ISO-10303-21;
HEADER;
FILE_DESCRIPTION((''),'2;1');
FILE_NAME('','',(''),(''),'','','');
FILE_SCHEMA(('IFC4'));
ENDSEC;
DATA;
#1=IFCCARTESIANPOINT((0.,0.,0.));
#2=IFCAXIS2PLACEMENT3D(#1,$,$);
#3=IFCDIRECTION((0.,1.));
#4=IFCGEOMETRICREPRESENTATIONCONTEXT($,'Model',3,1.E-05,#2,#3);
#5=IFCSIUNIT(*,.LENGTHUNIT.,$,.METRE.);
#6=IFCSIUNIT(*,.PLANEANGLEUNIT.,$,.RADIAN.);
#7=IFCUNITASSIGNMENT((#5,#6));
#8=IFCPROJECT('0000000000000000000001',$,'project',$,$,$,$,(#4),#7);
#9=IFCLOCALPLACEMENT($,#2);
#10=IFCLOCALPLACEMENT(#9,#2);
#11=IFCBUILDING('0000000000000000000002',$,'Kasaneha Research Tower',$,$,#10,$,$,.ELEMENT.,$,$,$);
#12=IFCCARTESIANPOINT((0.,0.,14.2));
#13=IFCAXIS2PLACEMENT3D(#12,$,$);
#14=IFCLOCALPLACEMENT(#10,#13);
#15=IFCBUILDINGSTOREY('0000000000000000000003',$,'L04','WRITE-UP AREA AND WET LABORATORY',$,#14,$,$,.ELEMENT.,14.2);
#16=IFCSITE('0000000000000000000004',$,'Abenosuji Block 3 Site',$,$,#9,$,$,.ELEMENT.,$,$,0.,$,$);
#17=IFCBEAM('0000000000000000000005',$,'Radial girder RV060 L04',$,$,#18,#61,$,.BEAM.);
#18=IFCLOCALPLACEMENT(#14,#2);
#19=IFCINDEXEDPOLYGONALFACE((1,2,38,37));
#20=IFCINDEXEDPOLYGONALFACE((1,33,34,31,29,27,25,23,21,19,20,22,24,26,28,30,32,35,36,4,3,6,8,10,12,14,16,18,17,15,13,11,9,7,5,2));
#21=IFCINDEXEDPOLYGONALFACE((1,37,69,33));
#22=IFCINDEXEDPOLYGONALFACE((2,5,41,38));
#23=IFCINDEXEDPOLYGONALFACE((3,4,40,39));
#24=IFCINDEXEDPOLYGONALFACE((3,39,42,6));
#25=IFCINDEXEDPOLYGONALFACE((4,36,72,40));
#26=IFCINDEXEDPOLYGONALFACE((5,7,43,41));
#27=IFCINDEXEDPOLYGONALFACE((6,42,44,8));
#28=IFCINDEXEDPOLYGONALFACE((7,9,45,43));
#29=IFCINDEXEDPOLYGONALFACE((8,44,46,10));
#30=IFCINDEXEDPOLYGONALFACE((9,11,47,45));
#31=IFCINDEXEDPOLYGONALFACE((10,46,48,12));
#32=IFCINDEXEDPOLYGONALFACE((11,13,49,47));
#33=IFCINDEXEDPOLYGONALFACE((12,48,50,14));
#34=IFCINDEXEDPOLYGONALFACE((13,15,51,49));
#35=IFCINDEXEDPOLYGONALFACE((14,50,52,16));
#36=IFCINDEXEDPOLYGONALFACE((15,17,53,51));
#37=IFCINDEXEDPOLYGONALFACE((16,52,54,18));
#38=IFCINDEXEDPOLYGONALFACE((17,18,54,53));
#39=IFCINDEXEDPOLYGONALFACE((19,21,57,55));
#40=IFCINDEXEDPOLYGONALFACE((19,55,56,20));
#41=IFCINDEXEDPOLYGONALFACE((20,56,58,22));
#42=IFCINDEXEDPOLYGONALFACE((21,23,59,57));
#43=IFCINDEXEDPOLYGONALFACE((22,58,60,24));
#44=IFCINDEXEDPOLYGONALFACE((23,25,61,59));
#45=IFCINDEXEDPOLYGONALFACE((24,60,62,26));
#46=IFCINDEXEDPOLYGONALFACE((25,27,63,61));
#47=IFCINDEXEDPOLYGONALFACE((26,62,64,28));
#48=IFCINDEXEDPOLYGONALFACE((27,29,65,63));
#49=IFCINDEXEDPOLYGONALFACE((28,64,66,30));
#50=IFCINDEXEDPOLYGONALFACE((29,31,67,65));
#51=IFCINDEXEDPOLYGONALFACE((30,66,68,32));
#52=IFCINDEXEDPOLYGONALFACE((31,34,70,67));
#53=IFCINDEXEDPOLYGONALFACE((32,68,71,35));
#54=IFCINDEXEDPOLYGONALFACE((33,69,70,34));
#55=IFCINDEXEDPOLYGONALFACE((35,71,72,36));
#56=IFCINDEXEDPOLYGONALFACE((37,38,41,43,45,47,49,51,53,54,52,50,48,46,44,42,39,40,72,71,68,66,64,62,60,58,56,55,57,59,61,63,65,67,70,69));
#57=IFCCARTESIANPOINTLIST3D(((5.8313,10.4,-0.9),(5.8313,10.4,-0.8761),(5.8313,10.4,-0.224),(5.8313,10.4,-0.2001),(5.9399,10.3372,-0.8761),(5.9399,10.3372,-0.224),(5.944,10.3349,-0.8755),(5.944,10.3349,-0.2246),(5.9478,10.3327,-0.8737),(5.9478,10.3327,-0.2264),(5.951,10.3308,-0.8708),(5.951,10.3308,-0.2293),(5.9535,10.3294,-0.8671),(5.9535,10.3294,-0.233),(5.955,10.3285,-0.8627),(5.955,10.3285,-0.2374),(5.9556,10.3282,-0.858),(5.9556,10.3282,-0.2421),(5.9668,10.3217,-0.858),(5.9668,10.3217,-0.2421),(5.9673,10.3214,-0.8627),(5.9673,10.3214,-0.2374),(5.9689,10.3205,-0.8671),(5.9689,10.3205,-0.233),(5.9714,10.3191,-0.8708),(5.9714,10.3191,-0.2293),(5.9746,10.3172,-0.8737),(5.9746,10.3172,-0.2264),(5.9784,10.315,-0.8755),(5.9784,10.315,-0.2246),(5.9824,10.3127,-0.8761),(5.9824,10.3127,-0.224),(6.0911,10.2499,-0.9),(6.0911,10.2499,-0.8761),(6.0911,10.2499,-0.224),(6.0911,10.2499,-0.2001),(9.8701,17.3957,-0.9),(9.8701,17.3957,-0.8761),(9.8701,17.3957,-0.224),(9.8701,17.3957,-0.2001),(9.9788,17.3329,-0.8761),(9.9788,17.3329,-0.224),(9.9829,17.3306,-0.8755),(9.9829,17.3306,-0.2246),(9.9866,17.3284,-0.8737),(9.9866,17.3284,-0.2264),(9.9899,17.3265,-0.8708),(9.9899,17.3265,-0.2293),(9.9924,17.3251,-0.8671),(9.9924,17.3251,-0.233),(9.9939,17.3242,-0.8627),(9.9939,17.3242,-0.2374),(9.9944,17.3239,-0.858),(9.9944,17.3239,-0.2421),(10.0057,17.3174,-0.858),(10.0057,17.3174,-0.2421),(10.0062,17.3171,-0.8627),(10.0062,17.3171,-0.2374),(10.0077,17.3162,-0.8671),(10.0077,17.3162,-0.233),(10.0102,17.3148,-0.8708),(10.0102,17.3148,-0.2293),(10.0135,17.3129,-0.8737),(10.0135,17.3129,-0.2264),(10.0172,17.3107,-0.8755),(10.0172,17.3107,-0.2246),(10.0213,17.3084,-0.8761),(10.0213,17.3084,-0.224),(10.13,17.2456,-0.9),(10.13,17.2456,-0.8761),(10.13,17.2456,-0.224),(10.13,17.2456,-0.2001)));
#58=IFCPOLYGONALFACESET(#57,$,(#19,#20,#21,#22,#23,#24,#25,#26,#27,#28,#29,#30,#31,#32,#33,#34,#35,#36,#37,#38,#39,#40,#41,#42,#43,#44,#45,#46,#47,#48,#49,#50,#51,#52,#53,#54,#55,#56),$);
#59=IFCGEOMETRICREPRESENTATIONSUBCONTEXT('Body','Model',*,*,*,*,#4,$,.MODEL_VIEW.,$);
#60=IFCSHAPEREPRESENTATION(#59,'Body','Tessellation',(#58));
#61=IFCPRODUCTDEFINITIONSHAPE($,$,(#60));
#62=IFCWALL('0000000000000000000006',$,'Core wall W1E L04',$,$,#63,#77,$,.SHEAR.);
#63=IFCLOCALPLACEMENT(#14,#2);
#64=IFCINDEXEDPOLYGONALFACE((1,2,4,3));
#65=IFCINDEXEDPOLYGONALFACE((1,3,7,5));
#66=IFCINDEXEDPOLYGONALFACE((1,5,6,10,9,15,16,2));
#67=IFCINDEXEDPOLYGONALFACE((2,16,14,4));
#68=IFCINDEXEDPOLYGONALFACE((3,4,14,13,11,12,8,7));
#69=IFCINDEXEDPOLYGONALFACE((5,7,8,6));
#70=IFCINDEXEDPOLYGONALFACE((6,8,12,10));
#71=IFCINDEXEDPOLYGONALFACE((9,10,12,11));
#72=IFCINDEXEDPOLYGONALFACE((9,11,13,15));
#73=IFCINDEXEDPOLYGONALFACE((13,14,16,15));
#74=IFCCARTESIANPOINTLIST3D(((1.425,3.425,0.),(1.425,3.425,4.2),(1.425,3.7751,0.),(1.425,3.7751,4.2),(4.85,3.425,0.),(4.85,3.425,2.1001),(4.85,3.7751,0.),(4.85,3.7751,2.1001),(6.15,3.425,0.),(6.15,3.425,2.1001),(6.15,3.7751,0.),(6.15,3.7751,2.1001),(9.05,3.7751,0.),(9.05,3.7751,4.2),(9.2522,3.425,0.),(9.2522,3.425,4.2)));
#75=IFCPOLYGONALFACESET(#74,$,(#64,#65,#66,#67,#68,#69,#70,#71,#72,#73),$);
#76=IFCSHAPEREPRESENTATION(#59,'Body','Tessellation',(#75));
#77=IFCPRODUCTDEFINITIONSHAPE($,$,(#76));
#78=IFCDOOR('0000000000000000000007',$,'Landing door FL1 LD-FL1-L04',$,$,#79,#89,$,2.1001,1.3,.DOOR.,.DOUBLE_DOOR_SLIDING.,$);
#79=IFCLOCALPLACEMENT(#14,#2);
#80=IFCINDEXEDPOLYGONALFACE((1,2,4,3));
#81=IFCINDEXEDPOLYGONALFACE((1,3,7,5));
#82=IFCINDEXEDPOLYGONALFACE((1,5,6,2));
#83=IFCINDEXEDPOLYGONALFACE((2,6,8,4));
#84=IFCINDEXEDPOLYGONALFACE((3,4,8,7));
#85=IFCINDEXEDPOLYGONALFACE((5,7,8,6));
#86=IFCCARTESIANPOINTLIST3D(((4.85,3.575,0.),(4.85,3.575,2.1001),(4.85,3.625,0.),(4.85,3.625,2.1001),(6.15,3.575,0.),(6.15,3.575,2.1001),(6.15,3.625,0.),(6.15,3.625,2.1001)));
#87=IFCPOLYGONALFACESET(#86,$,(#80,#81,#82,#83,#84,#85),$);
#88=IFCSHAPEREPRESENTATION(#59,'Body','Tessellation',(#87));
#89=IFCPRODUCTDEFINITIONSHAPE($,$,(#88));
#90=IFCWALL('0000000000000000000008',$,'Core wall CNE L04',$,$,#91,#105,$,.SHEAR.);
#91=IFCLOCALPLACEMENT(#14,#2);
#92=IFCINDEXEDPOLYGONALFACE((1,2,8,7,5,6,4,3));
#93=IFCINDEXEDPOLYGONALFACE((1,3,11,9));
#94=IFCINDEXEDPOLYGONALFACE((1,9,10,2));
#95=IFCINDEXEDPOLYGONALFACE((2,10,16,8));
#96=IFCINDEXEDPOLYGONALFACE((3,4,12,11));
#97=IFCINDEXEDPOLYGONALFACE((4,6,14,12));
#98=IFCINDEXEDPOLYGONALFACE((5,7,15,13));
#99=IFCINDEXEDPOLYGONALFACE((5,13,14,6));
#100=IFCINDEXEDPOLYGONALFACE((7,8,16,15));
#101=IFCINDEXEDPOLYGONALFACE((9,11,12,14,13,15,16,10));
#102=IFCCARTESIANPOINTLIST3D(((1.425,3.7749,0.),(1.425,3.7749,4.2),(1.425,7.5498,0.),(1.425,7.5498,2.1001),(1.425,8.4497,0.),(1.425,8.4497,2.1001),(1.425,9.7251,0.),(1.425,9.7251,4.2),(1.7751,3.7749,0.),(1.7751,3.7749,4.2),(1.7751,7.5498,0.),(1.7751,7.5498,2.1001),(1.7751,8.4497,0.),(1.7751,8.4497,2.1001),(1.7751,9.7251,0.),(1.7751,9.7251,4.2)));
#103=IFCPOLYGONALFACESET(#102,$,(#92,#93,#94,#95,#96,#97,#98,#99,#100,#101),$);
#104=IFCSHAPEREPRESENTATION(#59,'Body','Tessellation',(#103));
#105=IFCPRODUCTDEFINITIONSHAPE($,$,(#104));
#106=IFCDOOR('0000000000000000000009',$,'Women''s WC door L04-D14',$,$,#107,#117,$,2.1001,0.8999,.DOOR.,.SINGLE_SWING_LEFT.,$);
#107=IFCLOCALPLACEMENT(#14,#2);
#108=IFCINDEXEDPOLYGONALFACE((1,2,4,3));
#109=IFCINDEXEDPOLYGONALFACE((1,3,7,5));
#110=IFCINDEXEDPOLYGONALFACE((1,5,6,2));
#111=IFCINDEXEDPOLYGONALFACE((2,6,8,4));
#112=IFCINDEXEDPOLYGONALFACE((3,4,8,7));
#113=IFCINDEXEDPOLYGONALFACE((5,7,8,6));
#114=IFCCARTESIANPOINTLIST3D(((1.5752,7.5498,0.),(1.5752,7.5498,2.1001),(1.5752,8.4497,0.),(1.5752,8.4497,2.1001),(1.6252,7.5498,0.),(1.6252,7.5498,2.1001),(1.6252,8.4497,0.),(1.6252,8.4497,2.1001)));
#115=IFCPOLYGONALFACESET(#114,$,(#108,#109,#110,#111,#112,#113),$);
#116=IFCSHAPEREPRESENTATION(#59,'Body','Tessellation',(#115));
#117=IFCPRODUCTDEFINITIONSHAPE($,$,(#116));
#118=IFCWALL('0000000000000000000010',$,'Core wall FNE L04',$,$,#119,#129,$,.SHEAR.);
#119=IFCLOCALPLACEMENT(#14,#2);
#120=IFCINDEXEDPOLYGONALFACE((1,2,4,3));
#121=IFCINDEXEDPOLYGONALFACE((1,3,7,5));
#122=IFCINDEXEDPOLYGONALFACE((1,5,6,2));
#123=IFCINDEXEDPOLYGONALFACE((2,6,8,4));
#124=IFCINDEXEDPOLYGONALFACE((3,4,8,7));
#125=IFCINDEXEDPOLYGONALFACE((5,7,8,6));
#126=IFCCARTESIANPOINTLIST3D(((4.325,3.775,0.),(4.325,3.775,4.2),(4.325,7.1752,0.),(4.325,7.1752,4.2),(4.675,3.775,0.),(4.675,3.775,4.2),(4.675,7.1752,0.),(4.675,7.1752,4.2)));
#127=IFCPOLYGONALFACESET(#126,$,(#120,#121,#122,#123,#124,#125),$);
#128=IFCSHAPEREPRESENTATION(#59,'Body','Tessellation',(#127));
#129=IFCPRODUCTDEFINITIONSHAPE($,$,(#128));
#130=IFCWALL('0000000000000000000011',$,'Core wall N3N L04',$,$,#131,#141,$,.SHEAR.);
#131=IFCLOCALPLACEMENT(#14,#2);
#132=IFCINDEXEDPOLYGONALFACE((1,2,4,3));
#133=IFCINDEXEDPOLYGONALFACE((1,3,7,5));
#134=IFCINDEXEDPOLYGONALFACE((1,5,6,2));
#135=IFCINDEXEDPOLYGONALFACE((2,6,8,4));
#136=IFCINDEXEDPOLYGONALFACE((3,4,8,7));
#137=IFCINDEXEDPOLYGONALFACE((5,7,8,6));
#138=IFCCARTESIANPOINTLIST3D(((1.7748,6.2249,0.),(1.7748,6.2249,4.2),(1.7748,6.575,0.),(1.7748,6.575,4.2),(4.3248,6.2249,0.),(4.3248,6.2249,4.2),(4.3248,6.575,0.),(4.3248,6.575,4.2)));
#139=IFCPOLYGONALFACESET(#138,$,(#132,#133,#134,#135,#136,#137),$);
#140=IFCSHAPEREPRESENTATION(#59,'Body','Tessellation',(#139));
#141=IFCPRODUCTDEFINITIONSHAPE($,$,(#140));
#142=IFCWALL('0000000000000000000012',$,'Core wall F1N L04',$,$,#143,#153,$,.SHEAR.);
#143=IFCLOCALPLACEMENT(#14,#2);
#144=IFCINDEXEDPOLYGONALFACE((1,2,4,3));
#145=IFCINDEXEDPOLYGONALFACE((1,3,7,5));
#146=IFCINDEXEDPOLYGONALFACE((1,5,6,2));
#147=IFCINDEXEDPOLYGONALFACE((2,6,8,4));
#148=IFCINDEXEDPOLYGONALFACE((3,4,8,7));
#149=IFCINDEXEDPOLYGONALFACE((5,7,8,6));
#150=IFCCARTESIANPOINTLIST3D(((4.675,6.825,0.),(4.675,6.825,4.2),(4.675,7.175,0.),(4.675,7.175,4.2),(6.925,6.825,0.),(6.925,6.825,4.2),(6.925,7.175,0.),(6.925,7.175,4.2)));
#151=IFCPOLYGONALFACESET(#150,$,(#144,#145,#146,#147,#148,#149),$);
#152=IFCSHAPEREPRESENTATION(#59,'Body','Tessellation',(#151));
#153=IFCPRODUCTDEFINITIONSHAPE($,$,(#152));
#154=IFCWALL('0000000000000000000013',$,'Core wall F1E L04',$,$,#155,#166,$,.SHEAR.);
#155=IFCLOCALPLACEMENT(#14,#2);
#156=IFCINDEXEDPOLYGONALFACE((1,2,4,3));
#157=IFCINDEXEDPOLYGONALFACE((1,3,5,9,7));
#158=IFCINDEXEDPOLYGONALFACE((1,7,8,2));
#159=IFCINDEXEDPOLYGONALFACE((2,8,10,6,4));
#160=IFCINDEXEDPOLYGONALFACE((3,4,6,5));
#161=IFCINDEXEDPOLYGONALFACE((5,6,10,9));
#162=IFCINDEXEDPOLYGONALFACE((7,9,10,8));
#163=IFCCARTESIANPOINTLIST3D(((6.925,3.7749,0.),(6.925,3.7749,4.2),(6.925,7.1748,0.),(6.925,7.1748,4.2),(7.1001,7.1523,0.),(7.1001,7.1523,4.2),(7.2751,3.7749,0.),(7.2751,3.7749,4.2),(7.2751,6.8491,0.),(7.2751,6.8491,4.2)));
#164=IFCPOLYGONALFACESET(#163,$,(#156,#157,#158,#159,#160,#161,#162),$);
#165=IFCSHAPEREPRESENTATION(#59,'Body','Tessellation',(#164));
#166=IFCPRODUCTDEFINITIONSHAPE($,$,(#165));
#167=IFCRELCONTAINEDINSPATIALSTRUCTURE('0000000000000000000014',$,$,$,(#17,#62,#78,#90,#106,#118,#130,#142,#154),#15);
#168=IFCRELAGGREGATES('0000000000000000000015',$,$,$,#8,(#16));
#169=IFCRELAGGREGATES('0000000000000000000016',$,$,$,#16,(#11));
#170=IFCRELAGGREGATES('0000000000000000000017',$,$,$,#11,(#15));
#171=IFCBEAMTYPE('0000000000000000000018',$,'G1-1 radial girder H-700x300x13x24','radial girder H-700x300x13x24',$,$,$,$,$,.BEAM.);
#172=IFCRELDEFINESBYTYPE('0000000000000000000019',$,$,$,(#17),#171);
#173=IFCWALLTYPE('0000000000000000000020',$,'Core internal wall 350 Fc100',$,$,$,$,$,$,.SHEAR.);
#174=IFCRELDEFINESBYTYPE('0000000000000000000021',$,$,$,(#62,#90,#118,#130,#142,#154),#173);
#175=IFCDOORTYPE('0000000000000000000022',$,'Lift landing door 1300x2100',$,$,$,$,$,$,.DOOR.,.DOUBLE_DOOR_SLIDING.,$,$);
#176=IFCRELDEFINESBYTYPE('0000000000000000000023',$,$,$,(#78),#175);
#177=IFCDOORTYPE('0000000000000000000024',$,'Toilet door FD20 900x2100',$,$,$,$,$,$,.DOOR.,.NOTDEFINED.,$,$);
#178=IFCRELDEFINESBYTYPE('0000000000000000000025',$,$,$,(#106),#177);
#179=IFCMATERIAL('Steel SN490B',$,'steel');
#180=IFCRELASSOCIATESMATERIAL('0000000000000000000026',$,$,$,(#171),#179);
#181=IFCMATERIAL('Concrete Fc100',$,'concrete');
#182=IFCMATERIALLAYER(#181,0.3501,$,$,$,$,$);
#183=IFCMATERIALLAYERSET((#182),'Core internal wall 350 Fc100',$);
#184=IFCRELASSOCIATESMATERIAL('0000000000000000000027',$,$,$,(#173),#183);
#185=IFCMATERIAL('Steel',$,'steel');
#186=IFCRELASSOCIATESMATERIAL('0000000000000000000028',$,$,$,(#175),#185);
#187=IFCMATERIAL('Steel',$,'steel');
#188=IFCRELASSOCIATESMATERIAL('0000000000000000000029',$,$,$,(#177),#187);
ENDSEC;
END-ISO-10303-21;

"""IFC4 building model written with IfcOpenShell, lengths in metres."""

from ifc_helpers import new_model, si_unit, direction, frame, frame_2d, origin, origin_2d, place, context, subcontext, project, spatial, polyline, rectangle, i_section, outline, extrude, material, layer, layer_set, material_profile, profile_set, type_object, element, fill, save


model = new_model("IFC4")

# Units and contexts
model_context = context("Model", 3, precision=1e-05, world=origin(), true_north=direction((0.0, 1.0)))
body_context = subcontext(model_context, "Body", "Model", "MODEL_VIEW")
ifc_project = project(units=[si_unit("LENGTHUNIT", "METRE"), si_unit("PLANEANGLEUNIT", "RADIAN")], contexts=[model_context])

# Site, building, storey
site_placement = place(None, origin())
site = spatial("IfcSite", under=ifc_project, at=site_placement, Name="Abenosuji Block 3 Site", CompositionType="ELEMENT", RefElevation=0.0)
building_placement = place(site_placement, origin())
building = spatial("IfcBuilding", under=site, at=building_placement, Name="Kasaneha Research Tower", CompositionType="ELEMENT")
storey_placement = place(building_placement, frame((0.0, 0.0, 14.2)))
storey = spatial("IfcBuildingStorey", under=building, at=storey_placement, Name="L04", Description="WRITE-UP AREA AND WET LABORATORY", CompositionType="ELEMENT", Elevation=14.2)

# Beam
ifc_material_1 = material(Name="Steel SN490B", Category="steel")
ifc_material_profile = material_profile(ifc_material_1, i_section(OverallWidth=0.3, OverallDepth=0.7, WebThickness=0.0129, FlangeThickness=0.0239, FilletRadius=0.0181, at=origin_2d()), Name="H-700x300x13x24")
ifc_profile_set = profile_set([ifc_material_profile], Name="Steel SN490B")
beam_type = type_object("IfcBeamType", Name="G1-1 radial girder H-700x300x13x24", Description="radial girder H-700x300x13x24", PredefinedType="BEAM", material=ifc_profile_set)
beam_placement = place(storey_placement, frame((5.9612, 10.325, -0.55), z_axis=(0.499991, 0.866031, 0.0), x_axis=(-0.866031, 0.499991, 0.0)))
element("IfcBeam", 1, at=beam_placement, inside=storey, type_object=beam_type, Name="Radial girder RV060 L04", PredefinedType="BEAM", context=body_context, shape_type="SweptSolid", body=[
    extrude(i_section(OverallWidth=0.3, OverallDepth=0.7, WebThickness=0.0129, FlangeThickness=0.0239, FilletRadius=0.0181, at=origin_2d()), origin(), (0.0, 0.0, 1.0), 8.0779),
])

# Walls, openings, doors
ifc_material_2 = material(Name="Concrete Fc100", Category="concrete")
ifc_layer_1 = layer(ifc_material_2, 0.3501)
ifc_layer_set_1 = layer_set([ifc_layer_1], Name="Core internal wall 350 Fc100")
wall_type_1 = type_object("IfcWallType", Name="Core internal wall 350 Fc100", PredefinedType="SHEAR", material=ifc_layer_set_1)
wall_1_placement = place(storey_placement, frame((1.425, 3.6001, 0.0), z_axis=(0.0, 0.0, 1.0), x_axis=(1.0, 0.0, 0.0)))
wall_1 = element("IfcWall", 2, at=wall_1_placement, inside=storey, type_object=wall_type_1, Name="Core wall W1E L04", PredefinedType="SHEAR", context=body_context, shape_type="SweptSolid", body=[
    extrude(outline(polyline([(0.0, -0.175), (3.425, -0.175), (4.7251, -0.175), (7.8271, -0.175), (7.625, 0.175), (4.7251, 0.175), (3.425, 0.175), (0.0, 0.175), (0.0, -0.175)])), origin(), (0.0, 0.0, 1.0), 4.2),
])
opening_1_placement = place(wall_1_placement, frame((3.425, 0.0, 0.0)))
opening_1 = element("IfcOpeningElement", 3, at=opening_1_placement, cuts=wall_1, PredefinedType="OPENING", context=body_context, shape_type="SweptSolid", body=[
    extrude(rectangle(XDim=1.3, YDim=2.1001, at=frame_2d((0.6499, 1.05))), frame((0.0, 0.1851, 0.0), z_axis=(0.0, -1.0, 0.0), x_axis=(1.0, 0.0, 0.0)), (0.0, 0.0, 1.0), 0.3701),
])
ifc_material_3 = material(Name="Steel", Category="steel")
door_type_1 = type_object("IfcDoorType", Name="Lift landing door 1300x2100", OperationType="DOUBLE_DOOR_SLIDING", PredefinedType="DOOR", material=ifc_material_3)
door_1_placement = place(opening_1_placement, origin())
door_1 = element("IfcDoor", 4, at=door_1_placement, inside=storey, type_object=door_type_1, Name="Landing door FL1 LD-FL1-L04", OperationType="DOUBLE_DOOR_SLIDING", OverallHeight=2.1001, OverallWidth=1.3, PredefinedType="DOOR", context=body_context, shape_type="SweptSolid", body=[
    extrude(rectangle(XDim=1.3, YDim=2.1001, at=frame_2d((0.6499, 1.05))), frame((0.0, 0.0249, 0.0), z_axis=(0.0, -1.0, 0.0), x_axis=(1.0, 0.0, 0.0)), (0.0, 0.0, 1.0), 0.05),
])
fill(opening_1, door_1)
wall_2_placement = place(storey_placement, frame((1.6001, 3.7749, 0.0), z_axis=(0.0, 0.0, 1.0), x_axis=(0.0, 1.0, 0.0)))
wall_2 = element("IfcWall", 5, at=wall_2_placement, inside=storey, type_object=wall_type_1, Name="Core wall CNE L04", PredefinedType="SHEAR", context=body_context, shape_type="SweptSolid", body=[
    extrude(rectangle(XDim=5.9502, YDim=0.3501, at=frame_2d((2.9751, 0.0))), origin(), (0.0, 0.0, 1.0), 4.2),
])
opening_2_placement = place(wall_2_placement, frame((3.7749, 0.0, 0.0)))
opening_2 = element("IfcOpeningElement", 6, at=opening_2_placement, cuts=wall_2, PredefinedType="OPENING", context=body_context, shape_type="SweptSolid", body=[
    extrude(rectangle(XDim=0.8999, YDim=2.1001, at=frame_2d((0.45, 1.05))), frame((0.0, 0.1851, 0.0), z_axis=(0.0, -1.0, 0.0), x_axis=(1.0, 0.0, 0.0)), (0.0, 0.0, 1.0), 0.3701),
])
ifc_material_4 = material(Name="Steel", Category="steel")
door_type_2 = type_object("IfcDoorType", Name="Toilet door FD20 900x2100", OperationType="NOTDEFINED", PredefinedType="DOOR", material=ifc_material_4)
door_2_placement = place(opening_2_placement, origin())
door_2 = element("IfcDoor", 7, at=door_2_placement, inside=storey, type_object=door_type_2, Name="Women's WC door L04-D14", OperationType="SINGLE_SWING_LEFT", OverallHeight=2.1001, OverallWidth=0.8999, PredefinedType="DOOR", context=body_context, shape_type="SweptSolid", body=[
    extrude(rectangle(XDim=0.8999, YDim=2.1001, at=frame_2d((0.45, 1.05))), frame((0.0, 0.0249, 0.0), z_axis=(0.0, -1.0, 0.0), x_axis=(1.0, 0.0, 0.0)), (0.0, 0.0, 1.0), 0.05),
])
fill(opening_2, door_2)

# Walls
wall_3_placement = place(storey_placement, frame((4.5, 3.7749, 0.0), z_axis=(0.0, 0.0, 1.0), x_axis=(0.0, 1.0, 0.0)))
element("IfcWall", 8, at=wall_3_placement, inside=storey, type_object=wall_type_1, Name="Core wall FNE L04", PredefinedType="SHEAR", context=body_context, shape_type="SweptSolid", body=[
    extrude(rectangle(XDim=3.4001, YDim=0.3501, at=frame_2d((1.7002, 0.0))), origin(), (0.0, 0.0, 1.0), 4.2),
])
wall_4_placement = place(storey_placement, frame((1.7749, 6.3999, 0.0), z_axis=(0.0, 0.0, 1.0), x_axis=(1.0, 0.0, 0.0)))
element("IfcWall", 9, at=wall_4_placement, inside=storey, type_object=wall_type_1, Name="Core wall N3N L04", PredefinedType="SHEAR", context=body_context, shape_type="SweptSolid", body=[
    extrude(rectangle(XDim=2.55, YDim=0.3501, at=frame_2d((1.2749, 0.0))), origin(), (0.0, 0.0, 1.0), 4.2),
])
wall_5_placement = place(storey_placement, frame((4.675, 7.0, 0.0), z_axis=(0.0, 0.0, 1.0), x_axis=(1.0, 0.0, 0.0)))
element("IfcWall", 10, at=wall_5_placement, inside=storey, type_object=wall_type_1, Name="Core wall F1N L04", PredefinedType="SHEAR", context=body_context, shape_type="SweptSolid", body=[
    extrude(rectangle(XDim=2.25, YDim=0.3501, at=frame_2d((1.125, 0.0))), origin(), (0.0, 0.0, 1.0), 4.2),
])
wall_6_placement = place(storey_placement, frame((7.1001, 3.7749, 0.0), z_axis=(0.0, 0.0, 1.0), x_axis=(0.0, 1.0, 0.0)))
element("IfcWall", 11, at=wall_6_placement, inside=storey, type_object=wall_type_1, Name="Core wall F1E L04", PredefinedType="SHEAR", context=body_context, shape_type="SweptSolid", body=[
    extrude(outline(polyline([(0.0, -0.175), (3.0742, -0.175), (3.3774, 0.0), (3.3999, 0.175), (0.0, 0.175), (0.0, -0.175)])), origin(), (0.0, 0.0, 1.0), 4.2),
])

save(model, "model.ifc")
